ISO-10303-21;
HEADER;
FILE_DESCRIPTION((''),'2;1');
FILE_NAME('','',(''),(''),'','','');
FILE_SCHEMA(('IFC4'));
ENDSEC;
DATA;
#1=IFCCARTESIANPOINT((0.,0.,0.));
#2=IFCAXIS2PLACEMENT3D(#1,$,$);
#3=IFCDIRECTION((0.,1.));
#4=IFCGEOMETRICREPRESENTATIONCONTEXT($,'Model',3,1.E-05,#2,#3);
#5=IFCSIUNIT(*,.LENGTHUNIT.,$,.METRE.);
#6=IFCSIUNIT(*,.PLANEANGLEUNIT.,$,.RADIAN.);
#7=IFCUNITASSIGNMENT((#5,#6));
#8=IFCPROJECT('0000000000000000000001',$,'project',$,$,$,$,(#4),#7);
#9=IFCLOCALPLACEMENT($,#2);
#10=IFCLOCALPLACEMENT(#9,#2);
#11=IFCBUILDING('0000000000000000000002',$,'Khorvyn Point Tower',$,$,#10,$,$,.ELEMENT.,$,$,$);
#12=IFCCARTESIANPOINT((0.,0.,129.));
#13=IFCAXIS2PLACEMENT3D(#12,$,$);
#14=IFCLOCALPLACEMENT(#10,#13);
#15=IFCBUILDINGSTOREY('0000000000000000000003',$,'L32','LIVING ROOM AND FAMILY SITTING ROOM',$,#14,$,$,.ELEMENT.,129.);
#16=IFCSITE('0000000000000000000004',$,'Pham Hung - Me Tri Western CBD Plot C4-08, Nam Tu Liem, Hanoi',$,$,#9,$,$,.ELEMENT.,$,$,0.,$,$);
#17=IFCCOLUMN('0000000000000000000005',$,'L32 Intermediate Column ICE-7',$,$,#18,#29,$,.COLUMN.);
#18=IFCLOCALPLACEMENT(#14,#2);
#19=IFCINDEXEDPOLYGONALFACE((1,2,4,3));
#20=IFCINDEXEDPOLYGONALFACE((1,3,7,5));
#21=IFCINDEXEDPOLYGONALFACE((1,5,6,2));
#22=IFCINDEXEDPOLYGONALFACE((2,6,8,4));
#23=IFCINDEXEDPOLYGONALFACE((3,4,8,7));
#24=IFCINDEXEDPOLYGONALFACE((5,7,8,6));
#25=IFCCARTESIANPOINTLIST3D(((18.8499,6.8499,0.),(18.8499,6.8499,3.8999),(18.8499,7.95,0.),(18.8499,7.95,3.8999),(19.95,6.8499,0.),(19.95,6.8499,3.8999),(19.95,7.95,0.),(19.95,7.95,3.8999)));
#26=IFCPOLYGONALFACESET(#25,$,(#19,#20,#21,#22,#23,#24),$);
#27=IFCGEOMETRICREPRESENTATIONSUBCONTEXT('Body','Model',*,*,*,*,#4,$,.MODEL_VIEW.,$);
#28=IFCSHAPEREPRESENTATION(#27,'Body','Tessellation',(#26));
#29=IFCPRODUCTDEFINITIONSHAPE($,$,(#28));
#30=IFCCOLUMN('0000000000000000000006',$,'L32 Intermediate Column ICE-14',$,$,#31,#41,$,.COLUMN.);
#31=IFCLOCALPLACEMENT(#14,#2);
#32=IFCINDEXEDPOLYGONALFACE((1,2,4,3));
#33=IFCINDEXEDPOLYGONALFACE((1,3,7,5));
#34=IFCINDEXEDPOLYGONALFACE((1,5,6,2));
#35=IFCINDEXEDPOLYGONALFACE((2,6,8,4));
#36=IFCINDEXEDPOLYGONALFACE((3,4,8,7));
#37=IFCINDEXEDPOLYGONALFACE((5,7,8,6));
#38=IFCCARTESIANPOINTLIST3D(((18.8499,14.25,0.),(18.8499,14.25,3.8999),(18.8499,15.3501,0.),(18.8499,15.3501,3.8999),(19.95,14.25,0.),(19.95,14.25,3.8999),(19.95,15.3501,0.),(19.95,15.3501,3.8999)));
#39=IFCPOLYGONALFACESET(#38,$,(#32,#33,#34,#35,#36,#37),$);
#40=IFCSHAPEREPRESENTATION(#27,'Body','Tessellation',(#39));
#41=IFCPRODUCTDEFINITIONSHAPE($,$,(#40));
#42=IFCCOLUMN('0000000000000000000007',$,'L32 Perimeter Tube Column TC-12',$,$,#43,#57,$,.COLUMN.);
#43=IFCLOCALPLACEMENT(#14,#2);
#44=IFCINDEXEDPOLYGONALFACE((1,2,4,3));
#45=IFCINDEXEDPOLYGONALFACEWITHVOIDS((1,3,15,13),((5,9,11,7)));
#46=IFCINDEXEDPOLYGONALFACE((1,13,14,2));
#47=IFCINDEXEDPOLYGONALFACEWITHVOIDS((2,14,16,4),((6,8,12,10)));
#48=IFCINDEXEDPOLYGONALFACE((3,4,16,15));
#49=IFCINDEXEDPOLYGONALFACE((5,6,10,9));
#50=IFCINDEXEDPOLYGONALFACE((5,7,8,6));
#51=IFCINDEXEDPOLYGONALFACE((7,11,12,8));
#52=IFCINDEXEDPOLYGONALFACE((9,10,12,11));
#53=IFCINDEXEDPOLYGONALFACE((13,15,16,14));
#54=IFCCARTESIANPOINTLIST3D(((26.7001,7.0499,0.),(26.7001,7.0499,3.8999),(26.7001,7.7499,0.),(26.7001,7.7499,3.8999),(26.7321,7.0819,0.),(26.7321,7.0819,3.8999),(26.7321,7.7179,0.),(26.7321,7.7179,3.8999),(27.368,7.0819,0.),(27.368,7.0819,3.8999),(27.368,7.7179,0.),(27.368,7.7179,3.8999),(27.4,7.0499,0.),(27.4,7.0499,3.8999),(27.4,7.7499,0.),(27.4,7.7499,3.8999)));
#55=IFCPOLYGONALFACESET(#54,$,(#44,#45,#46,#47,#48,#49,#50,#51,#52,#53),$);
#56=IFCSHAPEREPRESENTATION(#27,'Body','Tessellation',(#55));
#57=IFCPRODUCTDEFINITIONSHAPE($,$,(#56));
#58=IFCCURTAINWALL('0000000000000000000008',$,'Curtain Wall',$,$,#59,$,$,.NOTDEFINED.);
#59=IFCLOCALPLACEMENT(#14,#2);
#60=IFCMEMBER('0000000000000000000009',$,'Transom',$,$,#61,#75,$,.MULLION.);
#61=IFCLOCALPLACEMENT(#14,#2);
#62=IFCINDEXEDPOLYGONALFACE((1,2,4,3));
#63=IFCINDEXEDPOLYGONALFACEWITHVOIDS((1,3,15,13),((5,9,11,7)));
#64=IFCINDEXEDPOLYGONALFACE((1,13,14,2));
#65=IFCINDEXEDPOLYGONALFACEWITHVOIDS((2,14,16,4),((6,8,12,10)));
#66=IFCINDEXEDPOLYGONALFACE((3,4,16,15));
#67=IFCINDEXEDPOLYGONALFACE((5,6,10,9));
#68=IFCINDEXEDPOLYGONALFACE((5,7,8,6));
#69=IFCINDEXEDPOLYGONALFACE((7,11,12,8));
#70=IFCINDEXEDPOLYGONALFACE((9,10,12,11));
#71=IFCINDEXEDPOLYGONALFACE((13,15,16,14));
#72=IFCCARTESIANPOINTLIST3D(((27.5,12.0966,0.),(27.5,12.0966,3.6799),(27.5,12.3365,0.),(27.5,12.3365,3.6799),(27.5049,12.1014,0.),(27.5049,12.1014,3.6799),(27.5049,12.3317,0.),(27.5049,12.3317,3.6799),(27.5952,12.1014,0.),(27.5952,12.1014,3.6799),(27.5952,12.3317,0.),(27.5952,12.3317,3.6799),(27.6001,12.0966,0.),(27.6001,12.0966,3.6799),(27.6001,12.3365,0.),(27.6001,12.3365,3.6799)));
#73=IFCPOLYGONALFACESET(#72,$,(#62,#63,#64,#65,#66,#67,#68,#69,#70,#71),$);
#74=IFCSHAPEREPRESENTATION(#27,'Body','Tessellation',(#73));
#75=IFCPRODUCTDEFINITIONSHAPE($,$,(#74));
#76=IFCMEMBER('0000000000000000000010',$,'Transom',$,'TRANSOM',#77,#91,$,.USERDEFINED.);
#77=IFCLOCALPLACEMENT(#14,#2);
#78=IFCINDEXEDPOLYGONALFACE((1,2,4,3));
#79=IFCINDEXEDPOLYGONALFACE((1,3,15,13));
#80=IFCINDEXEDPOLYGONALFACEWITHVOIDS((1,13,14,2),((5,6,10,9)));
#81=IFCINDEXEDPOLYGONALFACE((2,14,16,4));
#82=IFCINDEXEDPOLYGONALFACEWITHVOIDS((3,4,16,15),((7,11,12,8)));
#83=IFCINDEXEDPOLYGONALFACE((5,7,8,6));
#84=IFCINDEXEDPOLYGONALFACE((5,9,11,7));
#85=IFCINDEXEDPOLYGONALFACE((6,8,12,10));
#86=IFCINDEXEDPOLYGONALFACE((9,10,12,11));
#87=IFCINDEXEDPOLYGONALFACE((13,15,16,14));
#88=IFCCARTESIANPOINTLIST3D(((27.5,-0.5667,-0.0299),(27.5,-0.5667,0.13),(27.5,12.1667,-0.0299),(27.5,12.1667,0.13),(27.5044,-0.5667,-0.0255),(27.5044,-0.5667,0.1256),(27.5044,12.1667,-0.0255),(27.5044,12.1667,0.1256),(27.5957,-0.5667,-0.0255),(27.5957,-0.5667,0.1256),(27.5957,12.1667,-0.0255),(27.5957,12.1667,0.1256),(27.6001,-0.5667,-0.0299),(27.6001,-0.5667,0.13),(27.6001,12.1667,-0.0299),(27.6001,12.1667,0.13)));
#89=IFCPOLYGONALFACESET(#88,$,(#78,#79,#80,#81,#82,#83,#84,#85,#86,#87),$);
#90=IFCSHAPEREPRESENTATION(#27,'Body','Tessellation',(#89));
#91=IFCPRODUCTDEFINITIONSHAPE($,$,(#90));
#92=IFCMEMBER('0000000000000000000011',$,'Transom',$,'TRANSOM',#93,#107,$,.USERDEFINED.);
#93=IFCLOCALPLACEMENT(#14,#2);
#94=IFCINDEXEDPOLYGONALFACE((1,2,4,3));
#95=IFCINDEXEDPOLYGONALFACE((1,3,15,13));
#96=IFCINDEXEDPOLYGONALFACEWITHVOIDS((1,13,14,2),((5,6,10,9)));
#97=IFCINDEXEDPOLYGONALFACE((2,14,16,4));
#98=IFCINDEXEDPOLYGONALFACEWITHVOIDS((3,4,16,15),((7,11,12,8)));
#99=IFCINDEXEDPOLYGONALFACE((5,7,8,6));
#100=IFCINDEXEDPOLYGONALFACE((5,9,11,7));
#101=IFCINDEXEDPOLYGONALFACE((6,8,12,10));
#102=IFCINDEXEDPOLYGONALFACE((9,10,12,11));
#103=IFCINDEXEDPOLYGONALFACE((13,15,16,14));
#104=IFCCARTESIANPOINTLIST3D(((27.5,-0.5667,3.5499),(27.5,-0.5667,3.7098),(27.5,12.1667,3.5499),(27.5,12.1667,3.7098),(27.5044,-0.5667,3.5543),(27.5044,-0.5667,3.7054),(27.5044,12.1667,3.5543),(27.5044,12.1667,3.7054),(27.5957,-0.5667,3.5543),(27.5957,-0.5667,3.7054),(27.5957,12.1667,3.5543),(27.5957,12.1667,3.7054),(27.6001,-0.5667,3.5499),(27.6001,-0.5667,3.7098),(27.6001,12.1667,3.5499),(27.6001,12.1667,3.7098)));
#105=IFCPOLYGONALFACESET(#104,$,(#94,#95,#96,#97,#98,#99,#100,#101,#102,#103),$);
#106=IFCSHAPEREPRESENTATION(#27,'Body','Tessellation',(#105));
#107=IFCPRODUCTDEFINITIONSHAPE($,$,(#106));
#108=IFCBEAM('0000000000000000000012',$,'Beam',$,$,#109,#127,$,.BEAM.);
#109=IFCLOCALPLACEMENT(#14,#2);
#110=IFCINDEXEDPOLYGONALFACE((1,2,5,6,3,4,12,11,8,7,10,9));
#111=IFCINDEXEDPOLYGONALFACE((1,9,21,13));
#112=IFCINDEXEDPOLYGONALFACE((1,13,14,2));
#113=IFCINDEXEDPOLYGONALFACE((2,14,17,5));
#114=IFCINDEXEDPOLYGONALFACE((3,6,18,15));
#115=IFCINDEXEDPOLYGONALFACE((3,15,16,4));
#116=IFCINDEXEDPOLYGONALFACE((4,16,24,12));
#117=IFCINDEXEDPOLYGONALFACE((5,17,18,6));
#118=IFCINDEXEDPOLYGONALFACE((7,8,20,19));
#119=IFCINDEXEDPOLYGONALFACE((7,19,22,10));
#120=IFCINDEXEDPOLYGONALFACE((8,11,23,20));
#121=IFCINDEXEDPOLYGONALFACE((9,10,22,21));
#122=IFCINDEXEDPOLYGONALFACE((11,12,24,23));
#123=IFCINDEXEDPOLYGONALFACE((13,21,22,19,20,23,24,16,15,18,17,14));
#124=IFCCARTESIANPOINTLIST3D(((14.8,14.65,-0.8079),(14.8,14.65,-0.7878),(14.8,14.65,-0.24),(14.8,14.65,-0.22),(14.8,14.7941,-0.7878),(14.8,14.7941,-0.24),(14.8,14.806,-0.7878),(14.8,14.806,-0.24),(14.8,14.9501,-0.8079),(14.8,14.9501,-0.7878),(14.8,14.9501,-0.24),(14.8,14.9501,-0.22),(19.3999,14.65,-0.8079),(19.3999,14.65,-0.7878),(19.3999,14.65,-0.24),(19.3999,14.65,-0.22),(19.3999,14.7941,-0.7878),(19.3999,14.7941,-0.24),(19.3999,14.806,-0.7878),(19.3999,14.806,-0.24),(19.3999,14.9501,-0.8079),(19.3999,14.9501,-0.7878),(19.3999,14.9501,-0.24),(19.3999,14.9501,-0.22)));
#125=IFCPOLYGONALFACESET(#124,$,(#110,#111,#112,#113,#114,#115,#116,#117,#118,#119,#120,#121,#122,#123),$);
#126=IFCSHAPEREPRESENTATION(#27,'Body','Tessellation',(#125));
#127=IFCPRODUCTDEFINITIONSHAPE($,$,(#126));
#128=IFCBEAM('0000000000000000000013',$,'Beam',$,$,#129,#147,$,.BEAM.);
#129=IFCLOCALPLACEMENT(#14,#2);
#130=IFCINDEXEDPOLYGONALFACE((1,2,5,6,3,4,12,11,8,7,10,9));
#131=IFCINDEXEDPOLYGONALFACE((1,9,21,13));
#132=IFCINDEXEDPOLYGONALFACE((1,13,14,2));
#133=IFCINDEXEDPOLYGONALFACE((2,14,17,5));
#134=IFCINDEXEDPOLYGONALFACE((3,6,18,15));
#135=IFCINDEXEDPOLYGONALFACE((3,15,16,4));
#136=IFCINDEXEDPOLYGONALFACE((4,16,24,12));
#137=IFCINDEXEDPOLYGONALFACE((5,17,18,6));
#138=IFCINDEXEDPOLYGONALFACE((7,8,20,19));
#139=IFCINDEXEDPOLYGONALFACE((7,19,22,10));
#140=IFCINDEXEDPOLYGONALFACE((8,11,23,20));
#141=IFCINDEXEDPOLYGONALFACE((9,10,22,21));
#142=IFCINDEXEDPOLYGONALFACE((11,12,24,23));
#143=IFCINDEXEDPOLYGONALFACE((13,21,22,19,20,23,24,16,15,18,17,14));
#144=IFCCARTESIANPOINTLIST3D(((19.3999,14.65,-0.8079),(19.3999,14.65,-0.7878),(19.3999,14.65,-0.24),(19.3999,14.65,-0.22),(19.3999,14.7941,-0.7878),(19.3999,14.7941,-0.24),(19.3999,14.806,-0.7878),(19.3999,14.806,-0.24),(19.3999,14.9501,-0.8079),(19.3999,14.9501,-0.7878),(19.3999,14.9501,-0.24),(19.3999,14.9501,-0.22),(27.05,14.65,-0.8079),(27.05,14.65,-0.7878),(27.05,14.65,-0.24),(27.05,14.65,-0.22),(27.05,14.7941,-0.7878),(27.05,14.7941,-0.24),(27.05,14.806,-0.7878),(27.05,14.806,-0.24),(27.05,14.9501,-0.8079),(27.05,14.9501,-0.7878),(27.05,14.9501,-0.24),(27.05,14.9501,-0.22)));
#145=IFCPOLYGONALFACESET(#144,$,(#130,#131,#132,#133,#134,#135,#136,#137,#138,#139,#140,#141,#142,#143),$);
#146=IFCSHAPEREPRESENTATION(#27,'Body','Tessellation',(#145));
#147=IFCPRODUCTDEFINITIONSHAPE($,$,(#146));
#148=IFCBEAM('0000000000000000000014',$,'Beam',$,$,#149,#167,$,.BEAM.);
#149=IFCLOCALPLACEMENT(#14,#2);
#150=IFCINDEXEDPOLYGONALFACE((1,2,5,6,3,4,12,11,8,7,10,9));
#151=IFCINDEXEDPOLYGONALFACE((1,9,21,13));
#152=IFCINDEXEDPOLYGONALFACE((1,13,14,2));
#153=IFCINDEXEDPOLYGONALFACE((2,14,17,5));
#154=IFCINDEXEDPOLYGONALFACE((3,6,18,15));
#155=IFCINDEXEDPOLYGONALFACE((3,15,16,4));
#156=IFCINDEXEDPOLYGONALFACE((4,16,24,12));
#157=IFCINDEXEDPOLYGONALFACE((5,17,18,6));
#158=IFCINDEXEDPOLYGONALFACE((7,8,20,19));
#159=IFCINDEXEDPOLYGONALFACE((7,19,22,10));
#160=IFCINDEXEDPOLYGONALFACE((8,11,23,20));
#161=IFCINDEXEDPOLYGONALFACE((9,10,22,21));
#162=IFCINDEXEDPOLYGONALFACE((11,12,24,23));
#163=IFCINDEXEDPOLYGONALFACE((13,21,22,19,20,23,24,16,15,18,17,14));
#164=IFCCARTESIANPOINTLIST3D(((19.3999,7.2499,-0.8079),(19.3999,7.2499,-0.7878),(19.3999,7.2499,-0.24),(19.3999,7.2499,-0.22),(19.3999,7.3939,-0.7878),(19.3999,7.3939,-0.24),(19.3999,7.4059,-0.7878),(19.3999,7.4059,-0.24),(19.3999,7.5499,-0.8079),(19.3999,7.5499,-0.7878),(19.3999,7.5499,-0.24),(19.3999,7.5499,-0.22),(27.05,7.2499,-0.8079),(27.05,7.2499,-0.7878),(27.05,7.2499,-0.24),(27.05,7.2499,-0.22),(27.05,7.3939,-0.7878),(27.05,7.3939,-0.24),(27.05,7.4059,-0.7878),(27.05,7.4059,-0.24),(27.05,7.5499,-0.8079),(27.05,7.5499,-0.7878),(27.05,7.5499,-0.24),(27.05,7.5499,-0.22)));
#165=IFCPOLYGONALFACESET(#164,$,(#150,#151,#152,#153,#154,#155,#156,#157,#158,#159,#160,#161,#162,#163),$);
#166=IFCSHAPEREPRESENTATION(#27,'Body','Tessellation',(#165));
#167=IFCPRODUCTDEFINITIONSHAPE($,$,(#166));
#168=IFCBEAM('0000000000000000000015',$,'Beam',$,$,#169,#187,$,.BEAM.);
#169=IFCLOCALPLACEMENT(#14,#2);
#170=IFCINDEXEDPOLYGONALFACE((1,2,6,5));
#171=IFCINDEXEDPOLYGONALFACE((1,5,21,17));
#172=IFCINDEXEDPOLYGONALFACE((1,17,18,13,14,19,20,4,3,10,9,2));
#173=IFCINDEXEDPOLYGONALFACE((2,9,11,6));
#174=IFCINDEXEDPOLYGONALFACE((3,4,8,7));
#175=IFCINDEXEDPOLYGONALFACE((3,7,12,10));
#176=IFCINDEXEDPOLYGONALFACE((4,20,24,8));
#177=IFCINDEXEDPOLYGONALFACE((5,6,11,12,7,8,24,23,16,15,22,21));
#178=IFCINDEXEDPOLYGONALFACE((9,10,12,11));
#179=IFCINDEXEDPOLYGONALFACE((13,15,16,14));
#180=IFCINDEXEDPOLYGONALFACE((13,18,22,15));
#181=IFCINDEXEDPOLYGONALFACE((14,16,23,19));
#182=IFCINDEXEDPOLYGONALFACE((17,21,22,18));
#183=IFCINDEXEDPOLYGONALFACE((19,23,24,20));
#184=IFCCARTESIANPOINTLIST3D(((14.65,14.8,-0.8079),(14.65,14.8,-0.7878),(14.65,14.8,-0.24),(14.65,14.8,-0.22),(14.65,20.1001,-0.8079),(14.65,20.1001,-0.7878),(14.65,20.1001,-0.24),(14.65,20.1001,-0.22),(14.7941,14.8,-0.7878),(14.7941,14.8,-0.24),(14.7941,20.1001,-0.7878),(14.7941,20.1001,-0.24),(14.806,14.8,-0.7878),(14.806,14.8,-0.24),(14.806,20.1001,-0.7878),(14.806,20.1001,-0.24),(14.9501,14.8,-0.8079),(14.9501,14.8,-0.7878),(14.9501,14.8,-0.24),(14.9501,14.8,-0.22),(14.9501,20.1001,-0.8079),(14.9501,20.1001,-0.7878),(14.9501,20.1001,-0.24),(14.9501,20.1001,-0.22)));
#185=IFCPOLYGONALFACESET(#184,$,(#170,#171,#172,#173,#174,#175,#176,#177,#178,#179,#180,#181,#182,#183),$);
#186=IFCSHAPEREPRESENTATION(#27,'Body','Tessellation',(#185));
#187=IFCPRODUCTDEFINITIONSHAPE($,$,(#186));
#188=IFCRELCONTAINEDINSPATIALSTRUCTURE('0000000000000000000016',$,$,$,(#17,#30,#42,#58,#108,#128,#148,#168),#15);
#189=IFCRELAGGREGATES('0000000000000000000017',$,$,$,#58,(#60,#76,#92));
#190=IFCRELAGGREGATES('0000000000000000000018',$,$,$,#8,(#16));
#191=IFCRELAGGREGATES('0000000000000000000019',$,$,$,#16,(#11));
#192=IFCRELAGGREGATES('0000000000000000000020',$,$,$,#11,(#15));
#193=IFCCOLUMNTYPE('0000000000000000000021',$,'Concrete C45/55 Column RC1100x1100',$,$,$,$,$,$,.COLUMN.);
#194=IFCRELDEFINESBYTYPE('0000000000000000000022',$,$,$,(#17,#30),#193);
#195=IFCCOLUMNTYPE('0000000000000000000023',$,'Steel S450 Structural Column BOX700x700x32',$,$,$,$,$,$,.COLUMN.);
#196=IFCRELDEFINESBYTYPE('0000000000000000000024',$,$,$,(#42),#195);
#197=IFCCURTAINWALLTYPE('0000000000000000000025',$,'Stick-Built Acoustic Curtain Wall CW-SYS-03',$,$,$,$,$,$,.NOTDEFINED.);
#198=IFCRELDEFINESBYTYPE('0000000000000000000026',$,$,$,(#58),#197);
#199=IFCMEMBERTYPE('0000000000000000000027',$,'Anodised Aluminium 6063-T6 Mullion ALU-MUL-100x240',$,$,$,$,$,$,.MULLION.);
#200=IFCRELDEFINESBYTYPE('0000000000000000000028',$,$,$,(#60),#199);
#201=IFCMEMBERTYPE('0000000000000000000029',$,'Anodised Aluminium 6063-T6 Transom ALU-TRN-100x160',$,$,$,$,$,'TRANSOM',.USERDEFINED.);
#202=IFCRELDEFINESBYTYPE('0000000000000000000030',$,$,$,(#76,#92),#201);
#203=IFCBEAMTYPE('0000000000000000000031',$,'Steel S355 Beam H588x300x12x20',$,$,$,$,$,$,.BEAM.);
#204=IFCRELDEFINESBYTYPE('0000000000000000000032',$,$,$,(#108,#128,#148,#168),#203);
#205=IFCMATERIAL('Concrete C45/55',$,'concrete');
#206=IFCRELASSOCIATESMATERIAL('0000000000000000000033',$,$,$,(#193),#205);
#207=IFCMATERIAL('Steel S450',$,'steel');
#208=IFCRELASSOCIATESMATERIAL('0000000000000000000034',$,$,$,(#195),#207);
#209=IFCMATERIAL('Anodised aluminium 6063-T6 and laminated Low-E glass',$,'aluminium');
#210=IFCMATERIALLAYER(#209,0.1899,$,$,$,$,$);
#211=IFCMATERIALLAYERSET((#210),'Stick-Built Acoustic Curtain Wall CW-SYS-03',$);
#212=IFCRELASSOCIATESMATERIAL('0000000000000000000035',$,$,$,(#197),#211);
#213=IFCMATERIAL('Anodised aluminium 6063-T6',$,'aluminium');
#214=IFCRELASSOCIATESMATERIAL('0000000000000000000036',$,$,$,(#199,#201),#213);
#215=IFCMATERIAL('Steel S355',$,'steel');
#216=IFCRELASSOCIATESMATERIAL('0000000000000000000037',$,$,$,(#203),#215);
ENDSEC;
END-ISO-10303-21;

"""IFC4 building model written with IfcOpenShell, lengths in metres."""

from ifc_helpers import new_model, si_unit, direction, frame, origin, origin_2d, place, context, subcontext, project, spatial, rectangle, hollow_rectangle, i_section, extrude, material, layer, layer_set, material_profile, profile_set, type_object, element, aggregate, save


model = new_model("IFC4")

# Units and contexts
model_context = context("Model", 3, precision=1e-05, world=origin(), true_north=direction((0.0, 1.0)))
body_context = subcontext(model_context, "Body", "Model", "MODEL_VIEW")
ifc_project = project(units=[si_unit("LENGTHUNIT", "METRE"), si_unit("PLANEANGLEUNIT", "RADIAN")], contexts=[model_context])

# Site, building, storey
site_placement = place(None, origin())
site = spatial("IfcSite", under=ifc_project, at=site_placement, Name="Pham Hung - Me Tri Western CBD Plot C4-08, Nam Tu Liem, Hanoi", CompositionType="ELEMENT", RefElevation=0.0)
building_placement = place(site_placement, origin())
building = spatial("IfcBuilding", under=site, at=building_placement, Name="Khorvyn Point Tower", CompositionType="ELEMENT")
storey_placement = place(building_placement, frame((0.0, 0.0, 129.0)))
storey = spatial("IfcBuildingStorey", under=building, at=storey_placement, Name="L32", Description="LIVING ROOM AND FAMILY SITTING ROOM", CompositionType="ELEMENT", Elevation=129.0)

# Columns
ifc_material_1 = material(Name="Concrete C45/55", Category="concrete")
ifc_material_profile_1 = material_profile(ifc_material_1, rectangle(XDim=1.1001, YDim=1.1001, at=origin_2d()))
ifc_profile_set_1 = profile_set([ifc_material_profile_1], Name="Concrete C45/55 RC1100x1100")
column_type_1 = type_object("IfcColumnType", Name="Concrete C45/55 Column RC1100x1100", PredefinedType="COLUMN", material=ifc_profile_set_1)
for number, where, z_axis, x_axis, name in (
    (1, (19.3999, 7.3999, 0.0), (0.0, 0.0, 1.0), (1.0, 0.0, 0.0), "L32 Intermediate Column ICE-7"),
    (2, (19.3999, 14.8, 0.0), (0.0, 0.0, 1.0), (1.0, 0.0, 0.0), "L32 Intermediate Column ICE-14"),
):
    element("IfcColumn", number, at=place(storey_placement, frame(where, z_axis=z_axis, x_axis=x_axis)), inside=storey, type_object=column_type_1, Name=name, PredefinedType="COLUMN", context=body_context, shape_type="SweptSolid", body=[
        extrude(rectangle(XDim=1.1001, YDim=1.1001, at=origin_2d()), origin(), (0.0, 0.0, 1.0), 3.8999),
    ])
ifc_material_2 = material(Name="Steel S450", Category="steel")
ifc_material_profile_2 = material_profile(ifc_material_2, hollow_rectangle(XDim=0.7, YDim=0.7, WallThickness=0.032, at=origin_2d()))
ifc_profile_set_2 = profile_set([ifc_material_profile_2], Name="Steel S450 BOX700x700x32")
column_type_2 = type_object("IfcColumnType", Name="Steel S450 Structural Column BOX700x700x32", PredefinedType="COLUMN", material=ifc_profile_set_2)
column_placement = place(storey_placement, frame((27.05, 7.3999, 0.0), z_axis=(0.0, 0.0, 1.0), x_axis=(1.0, 0.0, 0.0)))
element("IfcColumn", 3, at=column_placement, inside=storey, type_object=column_type_2, Name="L32 Perimeter Tube Column TC-12", PredefinedType="COLUMN", context=body_context, shape_type="SweptSolid", body=[
    extrude(hollow_rectangle(XDim=0.7, YDim=0.7, WallThickness=0.032, at=origin_2d()), origin(), (0.0, 0.0, 1.0), 3.8999),
])

# Curtain wall, members
ifc_material_3 = material(Name="Anodised aluminium 6063-T6 and laminated Low-E glass", Category="aluminium")
ifc_layer_1 = layer(ifc_material_3, 0.1899)
ifc_layer_set_1 = layer_set([ifc_layer_1], Name="Stick-Built Acoustic Curtain Wall CW-SYS-03")
curtain_wall_type = type_object("IfcCurtainWallType", Name="Stick-Built Acoustic Curtain Wall CW-SYS-03", PredefinedType="NOTDEFINED", material=ifc_layer_set_1)
curtain_wall_placement = place(storey_placement, origin())
curtain_wall = element("IfcCurtainWall", 4, at=curtain_wall_placement, inside=storey, type_object=curtain_wall_type, Name="Curtain Wall", PredefinedType="NOTDEFINED")
ifc_material_4 = material(Name="Anodised aluminium 6063-T6", Category="aluminium")
ifc_material_profile_3 = material_profile(ifc_material_4, hollow_rectangle(XDim=0.1001, YDim=0.24, WallThickness=0.0049, at=origin_2d()))
ifc_profile_set_3 = profile_set([ifc_material_profile_3], Name="Anodised aluminium 6063-T6 ALU-MUL-100x240")
member_type_1 = type_object("IfcMemberType", Name="Anodised Aluminium 6063-T6 Mullion ALU-MUL-100x240", PredefinedType="MULLION", material=ifc_profile_set_3)
member_1_placement = place(storey_placement, frame((27.55, 12.2166, 0.0), z_axis=(0.0, 0.0, 1.0), x_axis=(1.0, 0.0, 0.0)))
member_1 = element("IfcMember", 5, at=member_1_placement, type_object=member_type_1, Name="Transom", PredefinedType="MULLION", context=body_context, shape_type="SweptSolid", body=[
    extrude(hollow_rectangle(XDim=0.1001, YDim=0.24, WallThickness=0.0049, at=origin_2d()), origin(), (0.0, 0.0, 1.0), 3.6799),
])
ifc_material_profile_4 = material_profile(ifc_material_4, hollow_rectangle(XDim=0.1001, YDim=0.1599, WallThickness=0.0044, at=origin_2d()))
ifc_profile_set_4 = profile_set([ifc_material_profile_4], Name="Anodised aluminium 6063-T6 ALU-TRN-100x160")
member_type_2 = type_object("IfcMemberType", Name="Anodised Aluminium 6063-T6 Transom ALU-TRN-100x160", ElementType="TRANSOM", PredefinedType="USERDEFINED", material=ifc_profile_set_4)
member_2_placement = place(storey_placement, frame((27.55, 12.1667, 0.05), z_axis=(0.0, -1.0, 0.0), x_axis=(1.0, 0.0, 0.0)))
member_2 = element("IfcMember", 6, at=member_2_placement, type_object=member_type_2, Name="Transom", ObjectType="TRANSOM", PredefinedType="USERDEFINED", context=body_context, shape_type="SweptSolid", body=[
    extrude(hollow_rectangle(XDim=0.1001, YDim=0.1599, WallThickness=0.0044, at=origin_2d()), origin(), (0.0, 0.0, 1.0), 12.7334),
])
member_3_placement = place(storey_placement, frame((27.55, 12.1667, 3.6299), z_axis=(0.0, -1.0, 0.0), x_axis=(1.0, 0.0, 0.0)))
member_3 = element("IfcMember", 7, at=member_3_placement, type_object=member_type_2, Name="Transom", ObjectType="TRANSOM", PredefinedType="USERDEFINED", context=body_context, shape_type="SweptSolid", body=[
    extrude(hollow_rectangle(XDim=0.1001, YDim=0.1599, WallThickness=0.0044, at=origin_2d()), origin(), (0.0, 0.0, 1.0), 12.7334),
])

# Beams
ifc_material_5 = material(Name="Steel S355", Category="steel")
ifc_material_profile_5 = material_profile(ifc_material_5, i_section(OverallWidth=0.3, OverallDepth=0.5879, WebThickness=0.012, FlangeThickness=0.02, at=origin_2d()))
ifc_profile_set_5 = profile_set([ifc_material_profile_5], Name="Steel S355 H588x300x12x20")
beam_type_1 = type_object("IfcBeamType", Name="Steel S355 Beam H588x300x12x20", PredefinedType="BEAM", material=ifc_profile_set_5)
beam_1_placement = place(storey_placement, frame((14.8, 14.8, -0.5139), z_axis=(1.0, 0.0, 0.0), x_axis=(0.0, 1.0, 0.0)))
element("IfcBeam", 8, at=beam_1_placement, inside=storey, type_object=beam_type_1, Name="Beam", PredefinedType="BEAM", context=body_context, shape_type="SweptSolid", body=[
    extrude(i_section(OverallWidth=0.3, OverallDepth=0.5879, WebThickness=0.012, FlangeThickness=0.02, at=origin_2d()), origin(), (0.0, 0.0, 1.0), 4.5999),
])
for number, where, z_axis, x_axis, name in (
    (9, (19.3999, 14.8, -0.5139), (1.0, 0.0, 0.0), (0.0, 1.0, 0.0), "Beam"),
    (10, (19.3999, 7.3999, -0.5139), (1.0, 0.0, 0.0), (0.0, 1.0, 0.0), "Beam"),
):
    element("IfcBeam", number, at=place(storey_placement, frame(where, z_axis=z_axis, x_axis=x_axis)), inside=storey, type_object=beam_type_1, Name=name, PredefinedType="BEAM", context=body_context, shape_type="SweptSolid", body=[
        extrude(i_section(OverallWidth=0.3, OverallDepth=0.5879, WebThickness=0.012, FlangeThickness=0.02, at=origin_2d()), origin(), (0.0, 0.0, 1.0), 7.6501),
    ])
beam_2_placement = place(storey_placement, frame((14.8, 14.8, -0.5139), z_axis=(0.0, 1.0, 0.0), x_axis=(-1.0, 0.0, 0.0)))
element("IfcBeam", 11, at=beam_2_placement, inside=storey, type_object=beam_type_1, Name="Beam", PredefinedType="BEAM", context=body_context, shape_type="SweptSolid", body=[
    extrude(i_section(OverallWidth=0.3, OverallDepth=0.5879, WebThickness=0.012, FlangeThickness=0.02, at=origin_2d()), origin(), (0.0, 0.0, 1.0), 5.3),
])

aggregate(curtain_wall, [member_1, member_2, member_3])

save(model, "model.ifc")
